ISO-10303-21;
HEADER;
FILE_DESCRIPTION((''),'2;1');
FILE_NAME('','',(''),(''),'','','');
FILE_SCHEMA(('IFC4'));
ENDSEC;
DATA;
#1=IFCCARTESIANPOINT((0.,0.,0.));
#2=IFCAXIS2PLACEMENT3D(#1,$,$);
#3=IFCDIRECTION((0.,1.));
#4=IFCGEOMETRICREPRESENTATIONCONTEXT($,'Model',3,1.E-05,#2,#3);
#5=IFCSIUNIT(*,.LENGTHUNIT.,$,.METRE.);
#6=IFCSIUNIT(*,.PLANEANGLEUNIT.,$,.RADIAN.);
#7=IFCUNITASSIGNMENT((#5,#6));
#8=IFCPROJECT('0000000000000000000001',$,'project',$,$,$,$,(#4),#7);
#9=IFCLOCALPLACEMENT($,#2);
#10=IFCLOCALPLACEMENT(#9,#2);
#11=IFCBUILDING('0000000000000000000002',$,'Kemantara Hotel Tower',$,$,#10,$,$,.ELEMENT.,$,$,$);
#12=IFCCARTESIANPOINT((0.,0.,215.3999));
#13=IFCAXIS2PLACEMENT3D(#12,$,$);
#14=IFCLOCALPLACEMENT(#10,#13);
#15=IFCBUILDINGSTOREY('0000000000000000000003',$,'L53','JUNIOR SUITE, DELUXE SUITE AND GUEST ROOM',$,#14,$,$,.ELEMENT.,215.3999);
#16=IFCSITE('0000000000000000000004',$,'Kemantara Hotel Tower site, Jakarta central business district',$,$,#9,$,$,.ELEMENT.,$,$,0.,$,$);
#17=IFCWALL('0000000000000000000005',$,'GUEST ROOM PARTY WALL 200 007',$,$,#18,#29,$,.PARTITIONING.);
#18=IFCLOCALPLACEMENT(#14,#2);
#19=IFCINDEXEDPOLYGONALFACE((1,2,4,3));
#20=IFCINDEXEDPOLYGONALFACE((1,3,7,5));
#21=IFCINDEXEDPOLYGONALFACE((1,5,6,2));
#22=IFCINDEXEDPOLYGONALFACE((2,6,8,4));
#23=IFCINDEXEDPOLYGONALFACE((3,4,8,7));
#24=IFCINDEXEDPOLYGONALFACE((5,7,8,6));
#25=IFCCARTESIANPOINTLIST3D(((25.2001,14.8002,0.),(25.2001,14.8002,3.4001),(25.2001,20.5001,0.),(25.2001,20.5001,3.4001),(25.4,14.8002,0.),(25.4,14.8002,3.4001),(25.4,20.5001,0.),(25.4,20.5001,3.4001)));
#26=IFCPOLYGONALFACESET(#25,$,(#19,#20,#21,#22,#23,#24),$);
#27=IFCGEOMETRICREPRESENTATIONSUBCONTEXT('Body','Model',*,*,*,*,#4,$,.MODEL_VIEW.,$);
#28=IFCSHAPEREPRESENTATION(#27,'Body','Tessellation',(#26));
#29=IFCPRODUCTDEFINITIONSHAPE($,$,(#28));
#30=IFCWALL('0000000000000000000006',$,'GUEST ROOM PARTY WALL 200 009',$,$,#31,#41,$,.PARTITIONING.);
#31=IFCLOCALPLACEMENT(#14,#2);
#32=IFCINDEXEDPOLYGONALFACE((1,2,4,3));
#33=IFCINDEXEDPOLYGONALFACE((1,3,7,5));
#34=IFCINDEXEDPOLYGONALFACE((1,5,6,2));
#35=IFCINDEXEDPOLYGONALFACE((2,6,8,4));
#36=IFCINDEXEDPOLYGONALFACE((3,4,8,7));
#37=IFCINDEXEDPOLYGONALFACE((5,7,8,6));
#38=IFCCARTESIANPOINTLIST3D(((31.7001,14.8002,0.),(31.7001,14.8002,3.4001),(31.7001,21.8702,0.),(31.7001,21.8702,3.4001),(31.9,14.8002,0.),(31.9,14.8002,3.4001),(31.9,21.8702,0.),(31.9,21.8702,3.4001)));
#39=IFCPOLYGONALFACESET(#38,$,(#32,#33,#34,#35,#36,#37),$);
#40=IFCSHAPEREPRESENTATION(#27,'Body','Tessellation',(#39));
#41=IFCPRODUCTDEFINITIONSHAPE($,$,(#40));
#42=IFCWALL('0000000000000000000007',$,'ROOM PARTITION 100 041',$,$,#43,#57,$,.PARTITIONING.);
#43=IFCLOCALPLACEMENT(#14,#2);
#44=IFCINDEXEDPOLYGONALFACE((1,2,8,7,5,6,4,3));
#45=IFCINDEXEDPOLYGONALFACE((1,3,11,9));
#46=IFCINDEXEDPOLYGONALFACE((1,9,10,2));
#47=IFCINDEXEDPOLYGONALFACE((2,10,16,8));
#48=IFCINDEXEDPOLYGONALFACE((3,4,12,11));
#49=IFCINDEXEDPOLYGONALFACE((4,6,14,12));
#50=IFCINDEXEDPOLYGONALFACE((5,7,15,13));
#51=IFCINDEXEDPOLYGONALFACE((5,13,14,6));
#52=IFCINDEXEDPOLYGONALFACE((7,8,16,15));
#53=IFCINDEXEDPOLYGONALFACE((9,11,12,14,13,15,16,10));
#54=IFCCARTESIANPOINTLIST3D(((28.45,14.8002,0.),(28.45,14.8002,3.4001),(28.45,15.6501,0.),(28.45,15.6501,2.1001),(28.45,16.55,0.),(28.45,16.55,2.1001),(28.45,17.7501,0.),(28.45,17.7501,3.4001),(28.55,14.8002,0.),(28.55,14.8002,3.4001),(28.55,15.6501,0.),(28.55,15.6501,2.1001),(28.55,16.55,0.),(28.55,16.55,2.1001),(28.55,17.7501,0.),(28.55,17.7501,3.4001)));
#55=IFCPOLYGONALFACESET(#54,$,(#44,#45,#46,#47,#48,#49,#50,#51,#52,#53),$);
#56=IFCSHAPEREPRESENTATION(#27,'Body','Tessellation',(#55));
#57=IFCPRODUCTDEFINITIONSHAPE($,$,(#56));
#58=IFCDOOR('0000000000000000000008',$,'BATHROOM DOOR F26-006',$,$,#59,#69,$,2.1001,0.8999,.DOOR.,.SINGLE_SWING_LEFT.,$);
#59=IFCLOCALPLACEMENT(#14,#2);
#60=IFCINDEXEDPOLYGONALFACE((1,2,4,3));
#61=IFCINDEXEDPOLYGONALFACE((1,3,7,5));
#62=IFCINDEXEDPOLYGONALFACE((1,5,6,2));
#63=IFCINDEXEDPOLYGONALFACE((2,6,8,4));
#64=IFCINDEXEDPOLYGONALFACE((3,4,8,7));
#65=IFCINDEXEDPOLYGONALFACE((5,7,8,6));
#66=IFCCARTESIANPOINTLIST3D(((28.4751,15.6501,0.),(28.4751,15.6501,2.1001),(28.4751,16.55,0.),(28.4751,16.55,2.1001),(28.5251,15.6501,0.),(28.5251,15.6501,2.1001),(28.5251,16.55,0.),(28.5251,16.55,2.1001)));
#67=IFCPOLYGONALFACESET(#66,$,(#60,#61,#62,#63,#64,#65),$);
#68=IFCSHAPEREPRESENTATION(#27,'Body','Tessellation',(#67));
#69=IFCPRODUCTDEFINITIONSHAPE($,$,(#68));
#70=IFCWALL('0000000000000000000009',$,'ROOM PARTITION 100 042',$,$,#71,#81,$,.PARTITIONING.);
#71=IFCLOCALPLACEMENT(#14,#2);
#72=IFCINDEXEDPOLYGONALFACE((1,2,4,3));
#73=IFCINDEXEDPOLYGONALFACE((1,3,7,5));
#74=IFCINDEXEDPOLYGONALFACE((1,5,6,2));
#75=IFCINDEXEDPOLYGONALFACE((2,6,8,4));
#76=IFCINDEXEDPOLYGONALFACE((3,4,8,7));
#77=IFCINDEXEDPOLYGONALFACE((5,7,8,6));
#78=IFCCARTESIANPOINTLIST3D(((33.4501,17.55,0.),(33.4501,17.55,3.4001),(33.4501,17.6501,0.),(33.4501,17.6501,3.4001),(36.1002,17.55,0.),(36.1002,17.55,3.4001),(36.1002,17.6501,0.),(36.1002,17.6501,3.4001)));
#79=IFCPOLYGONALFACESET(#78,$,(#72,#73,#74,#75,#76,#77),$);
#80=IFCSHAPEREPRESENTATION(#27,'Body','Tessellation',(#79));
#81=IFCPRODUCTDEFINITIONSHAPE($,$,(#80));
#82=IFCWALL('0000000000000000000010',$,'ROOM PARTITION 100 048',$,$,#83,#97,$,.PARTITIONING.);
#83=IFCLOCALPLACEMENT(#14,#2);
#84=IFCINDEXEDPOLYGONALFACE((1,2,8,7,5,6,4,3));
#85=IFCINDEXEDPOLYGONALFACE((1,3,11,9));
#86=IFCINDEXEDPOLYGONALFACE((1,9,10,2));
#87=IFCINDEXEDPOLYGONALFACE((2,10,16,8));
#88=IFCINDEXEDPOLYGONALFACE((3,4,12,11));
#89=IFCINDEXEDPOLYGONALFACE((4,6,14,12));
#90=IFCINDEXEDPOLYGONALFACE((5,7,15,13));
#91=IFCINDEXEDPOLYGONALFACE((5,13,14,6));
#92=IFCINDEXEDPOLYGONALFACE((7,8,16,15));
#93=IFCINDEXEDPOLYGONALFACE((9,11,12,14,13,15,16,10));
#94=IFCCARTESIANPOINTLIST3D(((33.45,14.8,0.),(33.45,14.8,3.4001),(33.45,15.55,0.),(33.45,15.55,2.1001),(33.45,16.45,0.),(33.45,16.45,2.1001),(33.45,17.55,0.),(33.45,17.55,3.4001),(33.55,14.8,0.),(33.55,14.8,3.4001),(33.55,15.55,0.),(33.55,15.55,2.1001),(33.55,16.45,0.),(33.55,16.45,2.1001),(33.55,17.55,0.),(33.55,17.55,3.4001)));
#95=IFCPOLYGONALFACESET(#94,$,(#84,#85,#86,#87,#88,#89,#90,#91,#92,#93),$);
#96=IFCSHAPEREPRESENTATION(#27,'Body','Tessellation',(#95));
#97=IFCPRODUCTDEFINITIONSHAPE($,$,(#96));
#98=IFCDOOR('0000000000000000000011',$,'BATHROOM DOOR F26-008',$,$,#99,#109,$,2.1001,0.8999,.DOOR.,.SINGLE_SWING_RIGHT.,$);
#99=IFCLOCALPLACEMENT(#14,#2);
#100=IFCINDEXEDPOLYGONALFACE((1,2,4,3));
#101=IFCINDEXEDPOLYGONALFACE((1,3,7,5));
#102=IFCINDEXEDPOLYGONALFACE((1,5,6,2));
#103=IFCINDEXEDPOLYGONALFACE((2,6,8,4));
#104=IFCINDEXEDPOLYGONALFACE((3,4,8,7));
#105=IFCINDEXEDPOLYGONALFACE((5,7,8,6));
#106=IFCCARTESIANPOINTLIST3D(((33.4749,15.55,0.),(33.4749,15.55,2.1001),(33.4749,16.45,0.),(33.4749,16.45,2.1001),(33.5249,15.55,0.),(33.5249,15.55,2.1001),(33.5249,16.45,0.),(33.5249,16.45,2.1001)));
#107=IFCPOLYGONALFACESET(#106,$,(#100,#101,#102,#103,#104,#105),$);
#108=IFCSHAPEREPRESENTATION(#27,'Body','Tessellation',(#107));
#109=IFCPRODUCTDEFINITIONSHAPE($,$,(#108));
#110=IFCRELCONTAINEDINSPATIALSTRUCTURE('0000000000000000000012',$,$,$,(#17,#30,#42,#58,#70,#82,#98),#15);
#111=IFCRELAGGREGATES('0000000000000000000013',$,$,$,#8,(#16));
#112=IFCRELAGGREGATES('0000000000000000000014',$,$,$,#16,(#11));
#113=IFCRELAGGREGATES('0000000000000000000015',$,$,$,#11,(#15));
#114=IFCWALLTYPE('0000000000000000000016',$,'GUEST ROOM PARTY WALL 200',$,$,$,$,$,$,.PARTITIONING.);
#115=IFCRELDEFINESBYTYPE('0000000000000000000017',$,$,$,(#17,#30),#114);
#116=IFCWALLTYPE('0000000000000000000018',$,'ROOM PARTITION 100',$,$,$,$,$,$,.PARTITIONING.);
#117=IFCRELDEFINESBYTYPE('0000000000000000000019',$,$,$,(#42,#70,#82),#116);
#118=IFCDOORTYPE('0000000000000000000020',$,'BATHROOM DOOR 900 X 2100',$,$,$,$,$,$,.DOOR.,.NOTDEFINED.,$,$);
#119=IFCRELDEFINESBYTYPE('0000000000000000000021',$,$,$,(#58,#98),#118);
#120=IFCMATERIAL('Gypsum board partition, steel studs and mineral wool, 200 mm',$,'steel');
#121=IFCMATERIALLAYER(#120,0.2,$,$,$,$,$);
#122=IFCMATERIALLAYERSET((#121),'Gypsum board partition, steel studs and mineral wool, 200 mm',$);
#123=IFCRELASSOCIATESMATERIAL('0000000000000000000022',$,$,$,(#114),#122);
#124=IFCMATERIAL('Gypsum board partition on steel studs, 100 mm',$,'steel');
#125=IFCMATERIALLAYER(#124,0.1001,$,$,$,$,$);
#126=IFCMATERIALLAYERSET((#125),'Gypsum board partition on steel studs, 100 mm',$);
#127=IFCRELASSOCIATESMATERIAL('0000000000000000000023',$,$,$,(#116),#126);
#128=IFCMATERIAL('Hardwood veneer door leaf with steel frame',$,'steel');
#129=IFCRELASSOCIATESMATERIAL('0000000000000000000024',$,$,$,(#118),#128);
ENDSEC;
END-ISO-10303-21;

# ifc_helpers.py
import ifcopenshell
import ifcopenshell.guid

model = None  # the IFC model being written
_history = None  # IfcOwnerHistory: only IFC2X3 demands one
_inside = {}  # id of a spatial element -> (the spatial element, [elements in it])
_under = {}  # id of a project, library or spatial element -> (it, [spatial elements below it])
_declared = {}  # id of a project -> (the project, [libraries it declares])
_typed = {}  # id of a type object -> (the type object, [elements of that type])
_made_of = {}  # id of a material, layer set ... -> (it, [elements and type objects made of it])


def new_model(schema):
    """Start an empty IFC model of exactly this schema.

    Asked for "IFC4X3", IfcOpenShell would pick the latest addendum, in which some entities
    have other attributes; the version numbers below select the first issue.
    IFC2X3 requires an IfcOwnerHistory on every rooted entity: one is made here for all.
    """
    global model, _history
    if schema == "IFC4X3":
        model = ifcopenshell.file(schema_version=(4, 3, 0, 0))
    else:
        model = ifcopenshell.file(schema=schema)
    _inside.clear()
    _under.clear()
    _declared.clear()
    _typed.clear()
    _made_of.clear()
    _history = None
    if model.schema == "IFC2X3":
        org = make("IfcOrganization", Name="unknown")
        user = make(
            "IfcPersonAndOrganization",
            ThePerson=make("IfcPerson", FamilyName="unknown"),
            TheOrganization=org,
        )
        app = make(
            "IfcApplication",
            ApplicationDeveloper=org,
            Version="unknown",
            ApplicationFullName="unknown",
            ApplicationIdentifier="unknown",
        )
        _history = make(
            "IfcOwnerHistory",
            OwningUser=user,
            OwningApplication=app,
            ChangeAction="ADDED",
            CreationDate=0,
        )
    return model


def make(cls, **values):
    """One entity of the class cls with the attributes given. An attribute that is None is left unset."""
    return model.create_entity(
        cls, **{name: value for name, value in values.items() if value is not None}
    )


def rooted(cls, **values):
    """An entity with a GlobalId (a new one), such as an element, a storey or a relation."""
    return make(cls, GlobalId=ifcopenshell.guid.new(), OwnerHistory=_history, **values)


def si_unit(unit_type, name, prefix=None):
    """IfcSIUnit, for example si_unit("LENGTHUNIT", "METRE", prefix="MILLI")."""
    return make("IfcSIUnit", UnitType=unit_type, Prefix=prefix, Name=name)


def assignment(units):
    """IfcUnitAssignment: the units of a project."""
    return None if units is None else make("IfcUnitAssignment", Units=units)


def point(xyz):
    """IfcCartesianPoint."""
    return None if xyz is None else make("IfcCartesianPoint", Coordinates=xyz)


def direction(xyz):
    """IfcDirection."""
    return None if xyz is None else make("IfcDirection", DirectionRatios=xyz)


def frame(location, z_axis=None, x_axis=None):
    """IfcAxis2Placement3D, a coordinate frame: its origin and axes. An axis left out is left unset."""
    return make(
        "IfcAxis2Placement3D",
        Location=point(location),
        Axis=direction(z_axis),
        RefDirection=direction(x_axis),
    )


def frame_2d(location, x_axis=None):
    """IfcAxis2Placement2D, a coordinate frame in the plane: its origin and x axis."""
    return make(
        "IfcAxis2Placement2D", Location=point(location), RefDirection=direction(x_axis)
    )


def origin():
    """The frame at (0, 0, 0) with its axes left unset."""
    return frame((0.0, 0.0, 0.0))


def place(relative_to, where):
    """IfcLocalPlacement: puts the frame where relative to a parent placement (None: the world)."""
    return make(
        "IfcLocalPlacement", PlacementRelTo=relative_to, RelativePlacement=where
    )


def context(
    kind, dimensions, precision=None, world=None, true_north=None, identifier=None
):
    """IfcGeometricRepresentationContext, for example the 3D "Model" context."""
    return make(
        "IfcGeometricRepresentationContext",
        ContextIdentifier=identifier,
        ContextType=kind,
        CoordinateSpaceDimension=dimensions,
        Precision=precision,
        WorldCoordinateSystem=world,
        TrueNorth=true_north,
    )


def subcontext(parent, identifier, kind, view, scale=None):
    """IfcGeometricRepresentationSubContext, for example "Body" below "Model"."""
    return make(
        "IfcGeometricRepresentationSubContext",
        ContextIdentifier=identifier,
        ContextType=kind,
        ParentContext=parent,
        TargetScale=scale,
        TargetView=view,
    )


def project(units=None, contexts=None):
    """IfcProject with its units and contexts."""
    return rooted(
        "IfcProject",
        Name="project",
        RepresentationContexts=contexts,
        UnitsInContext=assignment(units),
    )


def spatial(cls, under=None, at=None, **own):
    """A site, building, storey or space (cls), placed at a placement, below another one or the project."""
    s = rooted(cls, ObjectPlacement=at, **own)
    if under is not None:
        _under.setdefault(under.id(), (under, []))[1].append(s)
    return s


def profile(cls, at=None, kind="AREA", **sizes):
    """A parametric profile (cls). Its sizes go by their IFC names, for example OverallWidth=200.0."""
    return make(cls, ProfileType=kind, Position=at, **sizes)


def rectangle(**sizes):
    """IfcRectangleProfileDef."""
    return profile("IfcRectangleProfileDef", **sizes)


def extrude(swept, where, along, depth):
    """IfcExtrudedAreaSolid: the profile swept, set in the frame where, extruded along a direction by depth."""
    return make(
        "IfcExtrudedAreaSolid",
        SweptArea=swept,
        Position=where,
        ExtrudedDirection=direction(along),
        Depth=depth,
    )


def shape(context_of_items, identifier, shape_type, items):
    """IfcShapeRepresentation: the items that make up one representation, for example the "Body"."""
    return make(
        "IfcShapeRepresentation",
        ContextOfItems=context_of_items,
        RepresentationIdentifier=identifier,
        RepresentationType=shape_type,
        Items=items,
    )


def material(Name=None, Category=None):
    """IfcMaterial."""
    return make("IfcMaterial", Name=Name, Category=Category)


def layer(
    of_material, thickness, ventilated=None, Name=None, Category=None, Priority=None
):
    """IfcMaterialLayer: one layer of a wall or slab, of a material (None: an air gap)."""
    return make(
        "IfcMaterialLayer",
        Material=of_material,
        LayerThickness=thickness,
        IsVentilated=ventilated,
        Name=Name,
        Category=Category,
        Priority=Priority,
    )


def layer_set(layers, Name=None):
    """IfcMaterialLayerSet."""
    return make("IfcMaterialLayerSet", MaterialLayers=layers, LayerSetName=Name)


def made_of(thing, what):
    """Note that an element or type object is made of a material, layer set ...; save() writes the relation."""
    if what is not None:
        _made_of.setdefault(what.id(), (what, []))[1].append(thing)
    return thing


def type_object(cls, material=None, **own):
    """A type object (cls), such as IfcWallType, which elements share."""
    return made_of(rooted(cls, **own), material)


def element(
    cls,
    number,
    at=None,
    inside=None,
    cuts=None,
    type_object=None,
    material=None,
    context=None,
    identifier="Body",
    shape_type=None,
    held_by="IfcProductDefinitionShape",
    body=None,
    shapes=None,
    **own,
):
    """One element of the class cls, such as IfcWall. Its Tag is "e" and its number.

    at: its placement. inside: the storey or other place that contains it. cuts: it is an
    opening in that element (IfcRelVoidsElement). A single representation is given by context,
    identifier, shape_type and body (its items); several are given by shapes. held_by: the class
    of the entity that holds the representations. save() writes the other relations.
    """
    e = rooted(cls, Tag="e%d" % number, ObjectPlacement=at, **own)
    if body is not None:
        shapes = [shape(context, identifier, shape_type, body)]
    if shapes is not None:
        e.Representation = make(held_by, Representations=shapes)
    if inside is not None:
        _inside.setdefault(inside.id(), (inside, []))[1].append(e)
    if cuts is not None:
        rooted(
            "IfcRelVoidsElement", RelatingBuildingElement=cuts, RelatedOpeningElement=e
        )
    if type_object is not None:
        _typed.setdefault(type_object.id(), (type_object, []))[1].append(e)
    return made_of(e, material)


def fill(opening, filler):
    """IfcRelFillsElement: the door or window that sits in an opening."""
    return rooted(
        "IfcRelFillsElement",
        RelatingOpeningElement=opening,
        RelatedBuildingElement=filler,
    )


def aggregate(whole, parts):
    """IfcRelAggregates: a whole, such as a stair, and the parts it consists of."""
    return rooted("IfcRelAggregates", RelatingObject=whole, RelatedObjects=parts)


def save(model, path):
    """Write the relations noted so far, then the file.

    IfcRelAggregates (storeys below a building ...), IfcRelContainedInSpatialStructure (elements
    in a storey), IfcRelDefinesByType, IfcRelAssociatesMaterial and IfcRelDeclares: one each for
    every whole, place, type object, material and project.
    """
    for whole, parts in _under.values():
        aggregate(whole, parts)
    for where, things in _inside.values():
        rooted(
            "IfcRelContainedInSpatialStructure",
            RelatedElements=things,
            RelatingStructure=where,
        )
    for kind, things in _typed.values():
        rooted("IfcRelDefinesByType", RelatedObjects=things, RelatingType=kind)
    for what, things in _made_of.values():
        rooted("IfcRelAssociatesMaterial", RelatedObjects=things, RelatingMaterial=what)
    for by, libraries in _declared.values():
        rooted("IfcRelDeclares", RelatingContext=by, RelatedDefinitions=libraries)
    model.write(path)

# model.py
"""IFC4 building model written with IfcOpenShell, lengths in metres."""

from ifc_helpers import new_model, si_unit, direction, frame, frame_2d, origin, place, context, subcontext, project, spatial, rectangle, extrude, material, layer, layer_set, type_object, element, fill, save


model = new_model("IFC4")

# Units and contexts
model_context = context("Model", 3, precision=1e-05, world=origin(), true_north=direction((0.0, 1.0)))
body_context = subcontext(model_context, "Body", "Model", "MODEL_VIEW")
ifc_project = project(units=[si_unit("LENGTHUNIT", "METRE"), si_unit("PLANEANGLEUNIT", "RADIAN")], contexts=[model_context])

# Site, building, storey
site_placement = place(None, origin())
site = spatial("IfcSite", under=ifc_project, at=site_placement, Name="Kemantara Hotel Tower site, Jakarta central business district", CompositionType="ELEMENT", RefElevation=0.0)
building_placement = place(site_placement, origin())
building = spatial("IfcBuilding", under=site, at=building_placement, Name="Kemantara Hotel Tower", CompositionType="ELEMENT")
storey_placement = place(building_placement, frame((0.0, 0.0, 215.3999)))
storey = spatial("IfcBuildingStorey", under=building, at=storey_placement, Name="L53", Description="JUNIOR SUITE, DELUXE SUITE AND GUEST ROOM", CompositionType="ELEMENT", Elevation=215.3999)

# Shared definitions
ifc_material_1 = material(Name="Gypsum board partition, steel studs and mineral wool, 200 mm", Category="steel")
ifc_material_2 = material(Name="Hardwood veneer door leaf with steel frame", Category="steel")

# Walls
ifc_layer_1 = layer(ifc_material_1, 0.2)
ifc_layer_set_1 = layer_set([ifc_layer_1], Name="Gypsum board partition, steel studs and mineral wool, 200 mm")
wall_type_1 = type_object("IfcWallType", Name="GUEST ROOM PARTY WALL 200", PredefinedType="PARTITIONING", material=ifc_layer_set_1)
wall_1_placement = place(storey_placement, frame((25.3, 14.8, 0.0), z_axis=(0.0, 0.0, 1.0), x_axis=(0.0, 1.0, 0.0)))
element("IfcWall", 1, at=wall_1_placement, inside=storey, type_object=wall_type_1, Name="GUEST ROOM PARTY WALL 200 007", PredefinedType="PARTITIONING", context=body_context, shape_type="SweptSolid", body=[
    extrude(rectangle(XDim=5.7, YDim=0.2, at=frame_2d((2.8501, 0.0))), origin(), (0.0, 0.0, 1.0), 3.4001),
])
wall_2_placement = place(storey_placement, frame((31.8, 14.8, 0.0), z_axis=(0.0, 0.0, 1.0), x_axis=(0.0, 1.0, 0.0)))
element("IfcWall", 2, at=wall_2_placement, inside=storey, type_object=wall_type_1, Name="GUEST ROOM PARTY WALL 200 009", PredefinedType="PARTITIONING", context=body_context, shape_type="SweptSolid", body=[
    extrude(rectangle(XDim=7.0701, YDim=0.2, at=frame_2d((3.5352, 0.0))), origin(), (0.0, 0.0, 1.0), 3.4001),
])

# Wall, opening, door
ifc_material_3 = material(Name="Gypsum board partition on steel studs, 100 mm", Category="steel")
ifc_layer_2 = layer(ifc_material_3, 0.1001)
ifc_layer_set_2 = layer_set([ifc_layer_2], Name="Gypsum board partition on steel studs, 100 mm")
wall_type_2 = type_object("IfcWallType", Name="ROOM PARTITION 100", PredefinedType="PARTITIONING", material=ifc_layer_set_2)
wall_3_placement = place(storey_placement, frame((28.5, 14.8, 0.0), z_axis=(0.0, 0.0, 1.0), x_axis=(0.0, 1.0, 0.0)))
wall_3 = element("IfcWall", 3, at=wall_3_placement, inside=storey, type_object=wall_type_2, Name="ROOM PARTITION 100 041", PredefinedType="PARTITIONING", context=body_context, shape_type="SweptSolid", body=[
    extrude(rectangle(XDim=2.95, YDim=0.1001, at=frame_2d((1.4751, 0.0))), origin(), (0.0, 0.0, 1.0), 3.4001),
])
opening_1_placement = place(wall_3_placement, frame((0.8501, 0.0, 0.0)))
opening_1 = element("IfcOpeningElement", 4, at=opening_1_placement, cuts=wall_3, PredefinedType="OPENING", context=body_context, shape_type="SweptSolid", body=[
    extrude(rectangle(XDim=0.8999, YDim=2.1001, at=frame_2d((0.45, 1.05))), frame((0.0, 0.0601, 0.0), z_axis=(0.0, -1.0, 0.0), x_axis=(1.0, 0.0, 0.0)), (0.0, 0.0, 1.0), 0.1201),
])
door_type_1 = type_object("IfcDoorType", Name="BATHROOM DOOR 900 X 2100", OperationType="NOTDEFINED", PredefinedType="DOOR", material=ifc_material_2)
door_1_placement = place(opening_1_placement, origin())
door_1 = element("IfcDoor", 5, at=door_1_placement, inside=storey, type_object=door_type_1, Name="BATHROOM DOOR F26-006", OperationType="SINGLE_SWING_LEFT", OverallHeight=2.1001, OverallWidth=0.8999, PredefinedType="DOOR", context=body_context, shape_type="SweptSolid", body=[
    extrude(rectangle(XDim=0.8999, YDim=2.1001, at=frame_2d((0.45, 1.05))), frame((0.0, 0.0249, 0.0), z_axis=(0.0, -1.0, 0.0), x_axis=(1.0, 0.0, 0.0)), (0.0, 0.0, 1.0), 0.05),
])
fill(opening_1, door_1)

# Wall
wall_4_placement = place(storey_placement, frame((33.45, 17.6001, 0.0), z_axis=(0.0, 0.0, 1.0), x_axis=(1.0, 0.0, 0.0)))
element("IfcWall", 6, at=wall_4_placement, inside=storey, type_object=wall_type_2, Name="ROOM PARTITION 100 042", PredefinedType="PARTITIONING", context=body_context, shape_type="SweptSolid", body=[
    extrude(rectangle(XDim=2.6501, YDim=0.1001, at=frame_2d((1.3252, 0.0))), origin(), (0.0, 0.0, 1.0), 3.4001),
])

# Wall, opening, door
wall_5_placement = place(storey_placement, frame((33.5, 17.55, 0.0), z_axis=(0.0, 0.0, 1.0), x_axis=(0.0, -1.0, 0.0)))
wall_5 = element("IfcWall", 7, at=wall_5_placement, inside=storey, type_object=wall_type_2, Name="ROOM PARTITION 100 048", PredefinedType="PARTITIONING", context=body_context, shape_type="SweptSolid", body=[
    extrude(rectangle(XDim=2.75, YDim=0.1001, at=frame_2d((1.375, 0.0))), origin(), (0.0, 0.0, 1.0), 3.4001),
])
opening_2_placement = place(wall_5_placement, frame((1.1001, 0.0, 0.0)))
opening_2 = element("IfcOpeningElement", 8, at=opening_2_placement, cuts=wall_5, PredefinedType="OPENING", context=body_context, shape_type="SweptSolid", body=[
    extrude(rectangle(XDim=0.8999, YDim=2.1001, at=frame_2d((0.45, 1.05))), frame((0.0, 0.0601, 0.0), z_axis=(0.0, -1.0, 0.0), x_axis=(1.0, 0.0, 0.0)), (0.0, 0.0, 1.0), 0.1201),
])
door_2_placement = place(opening_2_placement, origin())
door_2 = element("IfcDoor", 9, at=door_2_placement, inside=storey, type_object=door_type_1, Name="BATHROOM DOOR F26-008", OperationType="SINGLE_SWING_RIGHT", OverallHeight=2.1001, OverallWidth=0.8999, PredefinedType="DOOR", context=body_context, shape_type="SweptSolid", body=[
    extrude(rectangle(XDim=0.8999, YDim=2.1001, at=frame_2d((0.45, 1.05))), frame((0.0, 0.0249, 0.0), z_axis=(0.0, -1.0, 0.0), x_axis=(1.0, 0.0, 0.0)), (0.0, 0.0, 1.0), 0.05),
])
fill(opening_2, door_2)

save(model, "model.ifc")
